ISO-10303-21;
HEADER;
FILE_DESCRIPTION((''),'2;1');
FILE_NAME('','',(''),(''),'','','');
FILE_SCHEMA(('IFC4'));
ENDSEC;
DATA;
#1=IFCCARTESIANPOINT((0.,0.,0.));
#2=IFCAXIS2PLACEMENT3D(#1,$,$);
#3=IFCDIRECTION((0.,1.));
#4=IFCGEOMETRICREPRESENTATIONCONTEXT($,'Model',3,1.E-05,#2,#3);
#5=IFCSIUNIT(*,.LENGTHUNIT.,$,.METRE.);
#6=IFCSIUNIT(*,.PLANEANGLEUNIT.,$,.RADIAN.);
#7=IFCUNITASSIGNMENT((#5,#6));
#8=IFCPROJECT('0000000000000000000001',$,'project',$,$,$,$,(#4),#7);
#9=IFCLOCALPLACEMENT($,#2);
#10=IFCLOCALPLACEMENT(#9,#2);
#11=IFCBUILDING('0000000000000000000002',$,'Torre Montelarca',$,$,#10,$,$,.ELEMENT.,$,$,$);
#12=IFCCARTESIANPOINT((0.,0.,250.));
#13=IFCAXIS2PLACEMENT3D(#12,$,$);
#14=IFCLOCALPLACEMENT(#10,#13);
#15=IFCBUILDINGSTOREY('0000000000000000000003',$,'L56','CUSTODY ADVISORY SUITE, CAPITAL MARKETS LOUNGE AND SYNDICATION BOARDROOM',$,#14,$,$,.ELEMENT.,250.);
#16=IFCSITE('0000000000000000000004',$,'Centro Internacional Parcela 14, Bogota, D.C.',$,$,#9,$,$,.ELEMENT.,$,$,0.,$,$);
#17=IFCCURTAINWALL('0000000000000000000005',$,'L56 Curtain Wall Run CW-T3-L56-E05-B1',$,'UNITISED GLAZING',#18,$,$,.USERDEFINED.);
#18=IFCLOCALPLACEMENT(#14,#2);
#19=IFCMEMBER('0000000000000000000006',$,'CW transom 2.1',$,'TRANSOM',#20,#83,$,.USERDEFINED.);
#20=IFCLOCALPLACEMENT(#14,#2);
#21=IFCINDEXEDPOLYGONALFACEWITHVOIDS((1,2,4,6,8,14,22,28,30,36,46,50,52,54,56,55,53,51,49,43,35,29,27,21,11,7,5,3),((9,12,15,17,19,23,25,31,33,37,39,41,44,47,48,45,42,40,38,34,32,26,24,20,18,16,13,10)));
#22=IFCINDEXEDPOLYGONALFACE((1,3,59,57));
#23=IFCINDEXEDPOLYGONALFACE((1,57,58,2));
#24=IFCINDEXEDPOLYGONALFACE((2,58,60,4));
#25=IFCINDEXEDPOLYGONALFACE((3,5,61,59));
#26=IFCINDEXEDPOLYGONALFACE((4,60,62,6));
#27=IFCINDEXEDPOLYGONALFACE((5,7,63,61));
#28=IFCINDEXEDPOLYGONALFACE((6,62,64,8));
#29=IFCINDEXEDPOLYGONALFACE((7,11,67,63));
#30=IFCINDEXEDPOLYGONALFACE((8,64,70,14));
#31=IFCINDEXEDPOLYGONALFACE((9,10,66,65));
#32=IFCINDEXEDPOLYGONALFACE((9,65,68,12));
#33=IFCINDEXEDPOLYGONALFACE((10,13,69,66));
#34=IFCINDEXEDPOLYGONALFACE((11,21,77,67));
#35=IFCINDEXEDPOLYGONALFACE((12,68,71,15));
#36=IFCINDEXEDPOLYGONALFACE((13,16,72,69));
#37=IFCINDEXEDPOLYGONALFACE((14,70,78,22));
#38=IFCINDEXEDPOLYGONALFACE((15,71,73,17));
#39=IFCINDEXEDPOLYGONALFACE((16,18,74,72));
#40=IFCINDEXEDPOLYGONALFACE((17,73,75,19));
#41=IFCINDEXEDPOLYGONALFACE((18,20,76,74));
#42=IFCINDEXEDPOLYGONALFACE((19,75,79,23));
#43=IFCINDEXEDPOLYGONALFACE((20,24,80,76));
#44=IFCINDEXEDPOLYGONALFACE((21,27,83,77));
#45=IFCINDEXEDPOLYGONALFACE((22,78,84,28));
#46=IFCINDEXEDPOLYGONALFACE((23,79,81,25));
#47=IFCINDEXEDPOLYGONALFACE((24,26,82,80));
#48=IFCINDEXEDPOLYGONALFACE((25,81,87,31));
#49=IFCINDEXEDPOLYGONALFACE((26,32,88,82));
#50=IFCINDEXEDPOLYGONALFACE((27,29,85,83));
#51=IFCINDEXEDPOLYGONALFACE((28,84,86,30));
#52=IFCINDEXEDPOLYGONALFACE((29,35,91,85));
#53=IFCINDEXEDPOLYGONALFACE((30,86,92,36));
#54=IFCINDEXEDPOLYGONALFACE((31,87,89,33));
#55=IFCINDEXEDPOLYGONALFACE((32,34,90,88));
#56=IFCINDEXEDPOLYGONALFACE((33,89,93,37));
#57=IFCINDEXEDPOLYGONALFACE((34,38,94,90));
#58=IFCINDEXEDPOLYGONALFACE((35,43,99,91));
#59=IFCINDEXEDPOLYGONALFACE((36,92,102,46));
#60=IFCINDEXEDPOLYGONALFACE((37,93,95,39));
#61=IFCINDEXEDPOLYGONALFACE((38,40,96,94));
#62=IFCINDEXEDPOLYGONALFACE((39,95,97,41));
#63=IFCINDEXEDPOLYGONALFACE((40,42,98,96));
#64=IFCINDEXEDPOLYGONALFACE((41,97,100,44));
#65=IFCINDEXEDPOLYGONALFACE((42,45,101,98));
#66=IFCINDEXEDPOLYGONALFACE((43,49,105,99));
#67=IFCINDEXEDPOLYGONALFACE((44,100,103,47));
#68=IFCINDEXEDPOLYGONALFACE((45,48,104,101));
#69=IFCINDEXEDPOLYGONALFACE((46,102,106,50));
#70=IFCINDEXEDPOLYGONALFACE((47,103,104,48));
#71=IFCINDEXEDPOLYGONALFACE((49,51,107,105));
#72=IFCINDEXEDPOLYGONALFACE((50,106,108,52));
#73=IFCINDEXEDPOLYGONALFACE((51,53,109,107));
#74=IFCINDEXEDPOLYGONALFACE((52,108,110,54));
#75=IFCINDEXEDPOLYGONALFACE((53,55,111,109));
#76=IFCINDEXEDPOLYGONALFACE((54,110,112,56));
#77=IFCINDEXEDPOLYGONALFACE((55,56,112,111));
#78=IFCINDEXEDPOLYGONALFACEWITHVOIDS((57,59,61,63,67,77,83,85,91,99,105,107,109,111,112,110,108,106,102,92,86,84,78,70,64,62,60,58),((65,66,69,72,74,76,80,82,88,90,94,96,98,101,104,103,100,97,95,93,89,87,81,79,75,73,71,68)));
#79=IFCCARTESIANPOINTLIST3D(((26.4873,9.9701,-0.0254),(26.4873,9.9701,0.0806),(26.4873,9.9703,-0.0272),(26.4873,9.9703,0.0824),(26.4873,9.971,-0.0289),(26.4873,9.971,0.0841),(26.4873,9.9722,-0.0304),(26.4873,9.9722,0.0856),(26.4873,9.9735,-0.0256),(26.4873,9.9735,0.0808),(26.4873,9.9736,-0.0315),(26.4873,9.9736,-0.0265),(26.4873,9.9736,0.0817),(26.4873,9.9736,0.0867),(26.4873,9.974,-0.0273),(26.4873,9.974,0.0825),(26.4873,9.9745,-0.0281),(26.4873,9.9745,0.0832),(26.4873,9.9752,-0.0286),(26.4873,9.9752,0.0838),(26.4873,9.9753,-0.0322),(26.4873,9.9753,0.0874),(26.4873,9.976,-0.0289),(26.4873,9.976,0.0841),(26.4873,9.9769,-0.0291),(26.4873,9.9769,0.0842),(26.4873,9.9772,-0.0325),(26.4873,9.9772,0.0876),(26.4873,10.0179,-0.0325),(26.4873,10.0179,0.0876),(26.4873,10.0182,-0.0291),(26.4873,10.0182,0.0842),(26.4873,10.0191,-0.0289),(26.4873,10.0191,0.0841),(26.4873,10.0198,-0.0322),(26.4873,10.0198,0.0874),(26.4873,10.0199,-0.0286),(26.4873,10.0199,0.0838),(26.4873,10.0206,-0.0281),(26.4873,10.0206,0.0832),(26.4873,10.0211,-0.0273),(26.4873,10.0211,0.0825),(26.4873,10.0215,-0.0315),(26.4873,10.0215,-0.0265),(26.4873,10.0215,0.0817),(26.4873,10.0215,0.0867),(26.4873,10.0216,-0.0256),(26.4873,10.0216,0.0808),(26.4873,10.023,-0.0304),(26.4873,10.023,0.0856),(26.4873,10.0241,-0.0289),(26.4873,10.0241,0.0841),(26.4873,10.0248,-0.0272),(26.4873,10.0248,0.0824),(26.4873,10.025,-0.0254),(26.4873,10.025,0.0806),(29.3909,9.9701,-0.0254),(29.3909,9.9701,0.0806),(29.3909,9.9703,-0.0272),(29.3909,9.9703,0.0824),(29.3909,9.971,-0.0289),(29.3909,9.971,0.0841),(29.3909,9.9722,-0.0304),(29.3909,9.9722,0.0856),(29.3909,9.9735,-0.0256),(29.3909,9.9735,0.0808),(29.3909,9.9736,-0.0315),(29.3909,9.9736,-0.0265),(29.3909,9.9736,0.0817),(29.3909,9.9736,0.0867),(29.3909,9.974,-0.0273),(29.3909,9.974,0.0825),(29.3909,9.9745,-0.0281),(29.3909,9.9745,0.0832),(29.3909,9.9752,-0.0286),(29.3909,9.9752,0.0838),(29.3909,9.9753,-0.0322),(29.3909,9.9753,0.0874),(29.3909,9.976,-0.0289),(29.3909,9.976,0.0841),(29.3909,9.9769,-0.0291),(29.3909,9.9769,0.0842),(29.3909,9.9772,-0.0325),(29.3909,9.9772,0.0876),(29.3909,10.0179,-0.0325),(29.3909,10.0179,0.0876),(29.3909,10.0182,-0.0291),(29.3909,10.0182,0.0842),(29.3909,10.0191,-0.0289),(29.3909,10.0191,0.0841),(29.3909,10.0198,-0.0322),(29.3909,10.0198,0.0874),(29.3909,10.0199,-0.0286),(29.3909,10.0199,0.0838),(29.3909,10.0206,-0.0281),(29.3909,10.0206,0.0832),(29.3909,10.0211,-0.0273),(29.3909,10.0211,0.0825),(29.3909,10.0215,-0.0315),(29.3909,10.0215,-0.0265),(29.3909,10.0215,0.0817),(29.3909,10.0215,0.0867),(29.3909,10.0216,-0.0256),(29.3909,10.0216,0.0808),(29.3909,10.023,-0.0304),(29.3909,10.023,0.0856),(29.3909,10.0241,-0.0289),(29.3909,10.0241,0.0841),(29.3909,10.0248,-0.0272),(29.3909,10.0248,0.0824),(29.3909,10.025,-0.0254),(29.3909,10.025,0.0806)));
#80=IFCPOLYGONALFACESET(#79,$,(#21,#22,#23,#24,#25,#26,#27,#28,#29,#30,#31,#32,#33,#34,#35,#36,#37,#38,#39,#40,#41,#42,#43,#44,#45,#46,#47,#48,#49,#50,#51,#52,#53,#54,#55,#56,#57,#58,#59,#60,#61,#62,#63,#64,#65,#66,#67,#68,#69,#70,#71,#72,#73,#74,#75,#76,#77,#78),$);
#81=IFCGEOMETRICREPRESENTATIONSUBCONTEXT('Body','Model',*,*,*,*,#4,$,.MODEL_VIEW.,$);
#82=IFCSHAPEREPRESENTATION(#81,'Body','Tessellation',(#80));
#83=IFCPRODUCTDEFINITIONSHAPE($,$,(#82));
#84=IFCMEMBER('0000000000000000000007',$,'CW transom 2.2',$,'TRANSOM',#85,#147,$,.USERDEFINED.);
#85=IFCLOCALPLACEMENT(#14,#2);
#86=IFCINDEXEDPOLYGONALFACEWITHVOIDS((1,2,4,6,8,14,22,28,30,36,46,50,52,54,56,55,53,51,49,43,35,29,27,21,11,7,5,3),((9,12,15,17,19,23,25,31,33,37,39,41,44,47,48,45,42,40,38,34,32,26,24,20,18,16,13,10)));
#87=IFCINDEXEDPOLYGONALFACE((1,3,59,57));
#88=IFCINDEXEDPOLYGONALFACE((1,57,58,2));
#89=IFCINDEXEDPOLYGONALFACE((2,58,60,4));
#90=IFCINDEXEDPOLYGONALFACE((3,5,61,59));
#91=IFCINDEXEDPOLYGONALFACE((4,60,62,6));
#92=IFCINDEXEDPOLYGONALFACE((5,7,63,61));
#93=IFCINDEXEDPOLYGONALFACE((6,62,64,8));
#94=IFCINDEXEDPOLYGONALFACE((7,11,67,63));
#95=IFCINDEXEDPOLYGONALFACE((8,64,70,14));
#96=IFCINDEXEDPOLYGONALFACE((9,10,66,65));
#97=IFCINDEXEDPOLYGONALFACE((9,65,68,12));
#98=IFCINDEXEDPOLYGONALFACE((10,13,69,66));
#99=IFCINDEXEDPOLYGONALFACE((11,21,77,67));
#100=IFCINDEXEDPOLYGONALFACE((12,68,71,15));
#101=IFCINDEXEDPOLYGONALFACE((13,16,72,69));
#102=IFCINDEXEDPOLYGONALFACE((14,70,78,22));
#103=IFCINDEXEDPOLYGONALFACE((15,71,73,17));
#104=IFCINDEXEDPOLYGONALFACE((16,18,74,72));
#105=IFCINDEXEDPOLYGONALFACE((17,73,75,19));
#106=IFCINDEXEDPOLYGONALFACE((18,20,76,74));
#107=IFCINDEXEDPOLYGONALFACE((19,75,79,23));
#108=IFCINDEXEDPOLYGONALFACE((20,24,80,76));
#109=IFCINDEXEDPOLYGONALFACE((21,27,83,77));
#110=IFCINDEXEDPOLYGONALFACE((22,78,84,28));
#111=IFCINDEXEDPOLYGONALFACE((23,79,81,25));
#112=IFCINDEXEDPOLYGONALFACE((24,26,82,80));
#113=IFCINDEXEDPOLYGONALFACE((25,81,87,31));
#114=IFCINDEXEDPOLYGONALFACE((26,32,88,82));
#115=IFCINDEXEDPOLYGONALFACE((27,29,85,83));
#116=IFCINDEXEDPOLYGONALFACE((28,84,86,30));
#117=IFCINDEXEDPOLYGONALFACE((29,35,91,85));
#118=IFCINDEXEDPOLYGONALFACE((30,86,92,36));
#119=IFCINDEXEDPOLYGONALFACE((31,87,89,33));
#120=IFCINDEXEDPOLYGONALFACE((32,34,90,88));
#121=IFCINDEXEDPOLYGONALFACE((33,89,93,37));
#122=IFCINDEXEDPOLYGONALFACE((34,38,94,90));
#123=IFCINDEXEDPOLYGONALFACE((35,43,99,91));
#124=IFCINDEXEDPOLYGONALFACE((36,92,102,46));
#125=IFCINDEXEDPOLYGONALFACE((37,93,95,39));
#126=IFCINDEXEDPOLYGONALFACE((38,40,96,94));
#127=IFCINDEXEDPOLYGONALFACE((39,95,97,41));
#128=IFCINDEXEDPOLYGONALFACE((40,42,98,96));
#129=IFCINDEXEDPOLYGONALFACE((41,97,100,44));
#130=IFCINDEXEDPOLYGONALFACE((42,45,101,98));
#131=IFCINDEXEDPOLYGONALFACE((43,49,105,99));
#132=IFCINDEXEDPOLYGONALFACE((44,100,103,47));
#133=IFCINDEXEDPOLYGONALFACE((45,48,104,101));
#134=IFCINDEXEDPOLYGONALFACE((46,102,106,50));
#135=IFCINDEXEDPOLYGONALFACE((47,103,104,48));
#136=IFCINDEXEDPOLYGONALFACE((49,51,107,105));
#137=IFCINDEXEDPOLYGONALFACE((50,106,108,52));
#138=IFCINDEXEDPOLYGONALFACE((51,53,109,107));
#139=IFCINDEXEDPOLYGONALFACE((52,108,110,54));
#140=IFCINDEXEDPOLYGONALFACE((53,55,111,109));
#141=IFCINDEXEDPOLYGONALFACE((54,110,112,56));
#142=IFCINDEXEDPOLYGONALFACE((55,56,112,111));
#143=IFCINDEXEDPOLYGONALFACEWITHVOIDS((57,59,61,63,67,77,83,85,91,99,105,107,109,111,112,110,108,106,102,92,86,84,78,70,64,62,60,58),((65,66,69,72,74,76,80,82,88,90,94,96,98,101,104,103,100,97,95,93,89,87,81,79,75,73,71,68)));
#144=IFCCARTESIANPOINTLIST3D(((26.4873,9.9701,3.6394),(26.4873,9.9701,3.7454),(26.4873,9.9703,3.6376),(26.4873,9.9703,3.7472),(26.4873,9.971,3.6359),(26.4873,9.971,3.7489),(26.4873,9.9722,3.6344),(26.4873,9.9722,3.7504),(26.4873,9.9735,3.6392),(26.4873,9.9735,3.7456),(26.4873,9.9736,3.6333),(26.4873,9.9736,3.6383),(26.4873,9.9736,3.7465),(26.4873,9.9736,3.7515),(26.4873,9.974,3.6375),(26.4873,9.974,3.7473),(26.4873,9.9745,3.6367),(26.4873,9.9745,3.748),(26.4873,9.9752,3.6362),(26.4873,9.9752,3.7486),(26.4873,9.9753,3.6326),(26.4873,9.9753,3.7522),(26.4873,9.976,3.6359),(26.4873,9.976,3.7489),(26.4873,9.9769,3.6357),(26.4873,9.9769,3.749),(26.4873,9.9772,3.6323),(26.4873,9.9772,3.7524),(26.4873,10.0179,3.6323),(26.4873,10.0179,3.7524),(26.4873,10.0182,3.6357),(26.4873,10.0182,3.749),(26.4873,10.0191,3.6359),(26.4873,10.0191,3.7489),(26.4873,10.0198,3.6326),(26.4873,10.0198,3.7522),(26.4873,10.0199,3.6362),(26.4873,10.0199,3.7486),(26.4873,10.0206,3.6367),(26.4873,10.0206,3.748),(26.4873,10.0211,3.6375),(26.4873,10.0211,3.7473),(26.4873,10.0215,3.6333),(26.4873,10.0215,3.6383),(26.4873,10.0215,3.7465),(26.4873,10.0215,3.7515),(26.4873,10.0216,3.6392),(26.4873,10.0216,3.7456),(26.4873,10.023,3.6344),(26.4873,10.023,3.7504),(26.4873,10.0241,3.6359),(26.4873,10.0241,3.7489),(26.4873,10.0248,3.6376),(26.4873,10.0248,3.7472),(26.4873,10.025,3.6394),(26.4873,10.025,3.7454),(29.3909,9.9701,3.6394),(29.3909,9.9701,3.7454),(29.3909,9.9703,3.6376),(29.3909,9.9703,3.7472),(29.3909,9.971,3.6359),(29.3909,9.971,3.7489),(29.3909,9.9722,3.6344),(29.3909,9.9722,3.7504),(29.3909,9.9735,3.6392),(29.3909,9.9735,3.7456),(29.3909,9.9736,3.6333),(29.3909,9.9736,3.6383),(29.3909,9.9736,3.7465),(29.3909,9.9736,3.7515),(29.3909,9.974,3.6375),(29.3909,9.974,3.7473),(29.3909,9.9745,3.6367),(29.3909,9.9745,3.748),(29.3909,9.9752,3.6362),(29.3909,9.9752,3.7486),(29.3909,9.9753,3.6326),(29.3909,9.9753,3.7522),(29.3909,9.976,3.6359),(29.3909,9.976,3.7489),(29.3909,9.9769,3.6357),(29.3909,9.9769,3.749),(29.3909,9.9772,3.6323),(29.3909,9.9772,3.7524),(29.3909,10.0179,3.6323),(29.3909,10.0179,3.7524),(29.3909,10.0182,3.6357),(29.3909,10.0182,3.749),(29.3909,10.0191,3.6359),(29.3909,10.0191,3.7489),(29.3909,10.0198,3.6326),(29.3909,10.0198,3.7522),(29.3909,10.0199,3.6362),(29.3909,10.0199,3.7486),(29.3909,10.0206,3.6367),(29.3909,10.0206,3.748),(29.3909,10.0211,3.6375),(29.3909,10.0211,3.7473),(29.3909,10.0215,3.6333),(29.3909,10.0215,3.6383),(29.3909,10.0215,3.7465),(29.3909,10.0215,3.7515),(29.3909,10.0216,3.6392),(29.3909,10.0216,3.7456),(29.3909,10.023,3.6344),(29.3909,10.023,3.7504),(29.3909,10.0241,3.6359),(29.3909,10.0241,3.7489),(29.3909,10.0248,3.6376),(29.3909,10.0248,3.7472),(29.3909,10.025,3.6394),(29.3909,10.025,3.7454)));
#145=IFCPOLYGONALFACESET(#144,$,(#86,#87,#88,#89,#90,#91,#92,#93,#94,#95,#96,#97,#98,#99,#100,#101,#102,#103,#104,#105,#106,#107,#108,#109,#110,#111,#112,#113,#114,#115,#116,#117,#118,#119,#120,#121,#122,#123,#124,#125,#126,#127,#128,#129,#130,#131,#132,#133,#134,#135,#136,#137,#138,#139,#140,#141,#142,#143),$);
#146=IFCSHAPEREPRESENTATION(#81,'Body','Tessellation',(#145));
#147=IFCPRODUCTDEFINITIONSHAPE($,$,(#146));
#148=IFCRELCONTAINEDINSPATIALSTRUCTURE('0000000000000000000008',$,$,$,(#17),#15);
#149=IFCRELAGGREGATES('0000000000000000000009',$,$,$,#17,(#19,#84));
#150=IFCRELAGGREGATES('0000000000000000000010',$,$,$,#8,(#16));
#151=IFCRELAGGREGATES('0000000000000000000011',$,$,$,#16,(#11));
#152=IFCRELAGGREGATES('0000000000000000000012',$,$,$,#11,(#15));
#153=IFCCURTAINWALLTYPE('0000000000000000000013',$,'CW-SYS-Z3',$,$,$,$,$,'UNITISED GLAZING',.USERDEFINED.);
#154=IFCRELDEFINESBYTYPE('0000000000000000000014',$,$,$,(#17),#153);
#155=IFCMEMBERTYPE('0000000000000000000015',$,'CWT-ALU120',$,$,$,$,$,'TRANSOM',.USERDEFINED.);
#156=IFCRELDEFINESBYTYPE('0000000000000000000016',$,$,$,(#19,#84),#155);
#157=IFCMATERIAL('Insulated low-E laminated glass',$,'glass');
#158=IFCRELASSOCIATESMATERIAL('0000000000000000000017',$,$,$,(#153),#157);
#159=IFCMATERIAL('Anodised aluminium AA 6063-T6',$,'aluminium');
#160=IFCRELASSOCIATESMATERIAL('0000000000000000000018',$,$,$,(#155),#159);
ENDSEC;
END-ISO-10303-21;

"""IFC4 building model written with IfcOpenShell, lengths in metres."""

from ifc_helpers import new_model, si_unit, direction, frame, origin, origin_2d, place, context, subcontext, project, spatial, hollow_rectangle, extrude, source, transform, mapped, material, material_profile, profile_set, type_object, element, aggregate, save


model = new_model("IFC4")

# Units and contexts
model_context = context("Model", 3, precision=1e-05, world=origin(), true_north=direction((0.0, 1.0)))
body_context = subcontext(model_context, "Body", "Model", "MODEL_VIEW")
ifc_project = project(units=[si_unit("LENGTHUNIT", "METRE"), si_unit("PLANEANGLEUNIT", "RADIAN")], contexts=[model_context])

# Site, building, storey
site_placement = place(None, origin())
site = spatial("IfcSite", under=ifc_project, at=site_placement, Name="Centro Internacional Parcela 14, Bogota, D.C.", CompositionType="ELEMENT", RefElevation=0.0)
building_placement = place(site_placement, origin())
building = spatial("IfcBuilding", under=site, at=building_placement, Name="Torre Montelarca", CompositionType="ELEMENT")
storey_placement = place(building_placement, frame((0.0, 0.0, 250.0)))
storey = spatial("IfcBuildingStorey", under=building, at=storey_placement, Name="L56", Description="CUSTODY ADVISORY SUITE, CAPITAL MARKETS LOUNGE AND SYNDICATION BOARDROOM", CompositionType="ELEMENT", Elevation=250.0)

# Curtain wall, members
ifc_material_1 = material(Name="Insulated low-E laminated glass", Category="glass")
curtain_wall_type = type_object("IfcCurtainWallType", Name="CW-SYS-Z3", ElementType="UNITISED GLAZING", PredefinedType="USERDEFINED", material=ifc_material_1)
curtain_wall_1_placement = place(storey_placement, origin())
curtain_wall_1 = element("IfcCurtainWall", 1, at=curtain_wall_1_placement, inside=storey, type_object=curtain_wall_type, Name="L56 Curtain Wall Run CW-T3-L56-E05-B1", ObjectType="UNITISED GLAZING", PredefinedType="USERDEFINED")
ifc_material_2 = material(Name="Anodised aluminium AA 6063-T6", Category="aluminium")
ifc_material_profile_1 = material_profile(ifc_material_2, hollow_rectangle(XDim=0.0549, YDim=0.1201, WallThickness=0.0034, InnerFilletRadius=0.0034, OuterFilletRadius=0.0071, at=origin_2d()), Name="ALU55X120X3.5", Category="aluminium")
ifc_profile_set_1 = profile_set([ifc_material_profile_1], Name="Anodised aluminium AA 6063-T6")
member_type_1 = type_object("IfcMemberType", Name="CWT-ALU120", ElementType="TRANSOM", PredefinedType="USERDEFINED", material=ifc_profile_set_1)
shared_shape_1 = source(origin(), body_context, "Body", "SweptSolid", [
    extrude(hollow_rectangle(XDim=0.0549, YDim=0.1201, WallThickness=0.0034, InnerFilletRadius=0.0034, OuterFilletRadius=0.0071, at=origin_2d()), origin(), (0.0, 0.0, 1.0), 2.9036),
])
member_1_placement = place(storey_placement, frame((26.4873, 9.9976, 0.0276), z_axis=(1.0, 0.0, 0.0), x_axis=(0.0, 1.0, 0.0)))
member_1 = element("IfcMember", 2, at=member_1_placement, type_object=member_type_1, Name="CW transom 2.1", ObjectType="TRANSOM", PredefinedType="USERDEFINED", context=body_context, shape_type="MappedRepresentation", body=[
    mapped(shared_shape_1, transform((0.0, 0.0, 0.0), scale=1.0)),
])
member_2_placement = place(storey_placement, frame((26.4873, 9.9976, 3.6924), z_axis=(1.0, 0.0, 0.0), x_axis=(0.0, 1.0, 0.0)))
member_2 = element("IfcMember", 3, at=member_2_placement, type_object=member_type_1, Name="CW transom 2.2", ObjectType="TRANSOM", PredefinedType="USERDEFINED", context=body_context, shape_type="MappedRepresentation", body=[
    mapped(shared_shape_1, transform((0.0, 0.0, 0.0), scale=1.0)),
])

aggregate(curtain_wall_1, [member_1, member_2])

save(model, "model.ifc")
